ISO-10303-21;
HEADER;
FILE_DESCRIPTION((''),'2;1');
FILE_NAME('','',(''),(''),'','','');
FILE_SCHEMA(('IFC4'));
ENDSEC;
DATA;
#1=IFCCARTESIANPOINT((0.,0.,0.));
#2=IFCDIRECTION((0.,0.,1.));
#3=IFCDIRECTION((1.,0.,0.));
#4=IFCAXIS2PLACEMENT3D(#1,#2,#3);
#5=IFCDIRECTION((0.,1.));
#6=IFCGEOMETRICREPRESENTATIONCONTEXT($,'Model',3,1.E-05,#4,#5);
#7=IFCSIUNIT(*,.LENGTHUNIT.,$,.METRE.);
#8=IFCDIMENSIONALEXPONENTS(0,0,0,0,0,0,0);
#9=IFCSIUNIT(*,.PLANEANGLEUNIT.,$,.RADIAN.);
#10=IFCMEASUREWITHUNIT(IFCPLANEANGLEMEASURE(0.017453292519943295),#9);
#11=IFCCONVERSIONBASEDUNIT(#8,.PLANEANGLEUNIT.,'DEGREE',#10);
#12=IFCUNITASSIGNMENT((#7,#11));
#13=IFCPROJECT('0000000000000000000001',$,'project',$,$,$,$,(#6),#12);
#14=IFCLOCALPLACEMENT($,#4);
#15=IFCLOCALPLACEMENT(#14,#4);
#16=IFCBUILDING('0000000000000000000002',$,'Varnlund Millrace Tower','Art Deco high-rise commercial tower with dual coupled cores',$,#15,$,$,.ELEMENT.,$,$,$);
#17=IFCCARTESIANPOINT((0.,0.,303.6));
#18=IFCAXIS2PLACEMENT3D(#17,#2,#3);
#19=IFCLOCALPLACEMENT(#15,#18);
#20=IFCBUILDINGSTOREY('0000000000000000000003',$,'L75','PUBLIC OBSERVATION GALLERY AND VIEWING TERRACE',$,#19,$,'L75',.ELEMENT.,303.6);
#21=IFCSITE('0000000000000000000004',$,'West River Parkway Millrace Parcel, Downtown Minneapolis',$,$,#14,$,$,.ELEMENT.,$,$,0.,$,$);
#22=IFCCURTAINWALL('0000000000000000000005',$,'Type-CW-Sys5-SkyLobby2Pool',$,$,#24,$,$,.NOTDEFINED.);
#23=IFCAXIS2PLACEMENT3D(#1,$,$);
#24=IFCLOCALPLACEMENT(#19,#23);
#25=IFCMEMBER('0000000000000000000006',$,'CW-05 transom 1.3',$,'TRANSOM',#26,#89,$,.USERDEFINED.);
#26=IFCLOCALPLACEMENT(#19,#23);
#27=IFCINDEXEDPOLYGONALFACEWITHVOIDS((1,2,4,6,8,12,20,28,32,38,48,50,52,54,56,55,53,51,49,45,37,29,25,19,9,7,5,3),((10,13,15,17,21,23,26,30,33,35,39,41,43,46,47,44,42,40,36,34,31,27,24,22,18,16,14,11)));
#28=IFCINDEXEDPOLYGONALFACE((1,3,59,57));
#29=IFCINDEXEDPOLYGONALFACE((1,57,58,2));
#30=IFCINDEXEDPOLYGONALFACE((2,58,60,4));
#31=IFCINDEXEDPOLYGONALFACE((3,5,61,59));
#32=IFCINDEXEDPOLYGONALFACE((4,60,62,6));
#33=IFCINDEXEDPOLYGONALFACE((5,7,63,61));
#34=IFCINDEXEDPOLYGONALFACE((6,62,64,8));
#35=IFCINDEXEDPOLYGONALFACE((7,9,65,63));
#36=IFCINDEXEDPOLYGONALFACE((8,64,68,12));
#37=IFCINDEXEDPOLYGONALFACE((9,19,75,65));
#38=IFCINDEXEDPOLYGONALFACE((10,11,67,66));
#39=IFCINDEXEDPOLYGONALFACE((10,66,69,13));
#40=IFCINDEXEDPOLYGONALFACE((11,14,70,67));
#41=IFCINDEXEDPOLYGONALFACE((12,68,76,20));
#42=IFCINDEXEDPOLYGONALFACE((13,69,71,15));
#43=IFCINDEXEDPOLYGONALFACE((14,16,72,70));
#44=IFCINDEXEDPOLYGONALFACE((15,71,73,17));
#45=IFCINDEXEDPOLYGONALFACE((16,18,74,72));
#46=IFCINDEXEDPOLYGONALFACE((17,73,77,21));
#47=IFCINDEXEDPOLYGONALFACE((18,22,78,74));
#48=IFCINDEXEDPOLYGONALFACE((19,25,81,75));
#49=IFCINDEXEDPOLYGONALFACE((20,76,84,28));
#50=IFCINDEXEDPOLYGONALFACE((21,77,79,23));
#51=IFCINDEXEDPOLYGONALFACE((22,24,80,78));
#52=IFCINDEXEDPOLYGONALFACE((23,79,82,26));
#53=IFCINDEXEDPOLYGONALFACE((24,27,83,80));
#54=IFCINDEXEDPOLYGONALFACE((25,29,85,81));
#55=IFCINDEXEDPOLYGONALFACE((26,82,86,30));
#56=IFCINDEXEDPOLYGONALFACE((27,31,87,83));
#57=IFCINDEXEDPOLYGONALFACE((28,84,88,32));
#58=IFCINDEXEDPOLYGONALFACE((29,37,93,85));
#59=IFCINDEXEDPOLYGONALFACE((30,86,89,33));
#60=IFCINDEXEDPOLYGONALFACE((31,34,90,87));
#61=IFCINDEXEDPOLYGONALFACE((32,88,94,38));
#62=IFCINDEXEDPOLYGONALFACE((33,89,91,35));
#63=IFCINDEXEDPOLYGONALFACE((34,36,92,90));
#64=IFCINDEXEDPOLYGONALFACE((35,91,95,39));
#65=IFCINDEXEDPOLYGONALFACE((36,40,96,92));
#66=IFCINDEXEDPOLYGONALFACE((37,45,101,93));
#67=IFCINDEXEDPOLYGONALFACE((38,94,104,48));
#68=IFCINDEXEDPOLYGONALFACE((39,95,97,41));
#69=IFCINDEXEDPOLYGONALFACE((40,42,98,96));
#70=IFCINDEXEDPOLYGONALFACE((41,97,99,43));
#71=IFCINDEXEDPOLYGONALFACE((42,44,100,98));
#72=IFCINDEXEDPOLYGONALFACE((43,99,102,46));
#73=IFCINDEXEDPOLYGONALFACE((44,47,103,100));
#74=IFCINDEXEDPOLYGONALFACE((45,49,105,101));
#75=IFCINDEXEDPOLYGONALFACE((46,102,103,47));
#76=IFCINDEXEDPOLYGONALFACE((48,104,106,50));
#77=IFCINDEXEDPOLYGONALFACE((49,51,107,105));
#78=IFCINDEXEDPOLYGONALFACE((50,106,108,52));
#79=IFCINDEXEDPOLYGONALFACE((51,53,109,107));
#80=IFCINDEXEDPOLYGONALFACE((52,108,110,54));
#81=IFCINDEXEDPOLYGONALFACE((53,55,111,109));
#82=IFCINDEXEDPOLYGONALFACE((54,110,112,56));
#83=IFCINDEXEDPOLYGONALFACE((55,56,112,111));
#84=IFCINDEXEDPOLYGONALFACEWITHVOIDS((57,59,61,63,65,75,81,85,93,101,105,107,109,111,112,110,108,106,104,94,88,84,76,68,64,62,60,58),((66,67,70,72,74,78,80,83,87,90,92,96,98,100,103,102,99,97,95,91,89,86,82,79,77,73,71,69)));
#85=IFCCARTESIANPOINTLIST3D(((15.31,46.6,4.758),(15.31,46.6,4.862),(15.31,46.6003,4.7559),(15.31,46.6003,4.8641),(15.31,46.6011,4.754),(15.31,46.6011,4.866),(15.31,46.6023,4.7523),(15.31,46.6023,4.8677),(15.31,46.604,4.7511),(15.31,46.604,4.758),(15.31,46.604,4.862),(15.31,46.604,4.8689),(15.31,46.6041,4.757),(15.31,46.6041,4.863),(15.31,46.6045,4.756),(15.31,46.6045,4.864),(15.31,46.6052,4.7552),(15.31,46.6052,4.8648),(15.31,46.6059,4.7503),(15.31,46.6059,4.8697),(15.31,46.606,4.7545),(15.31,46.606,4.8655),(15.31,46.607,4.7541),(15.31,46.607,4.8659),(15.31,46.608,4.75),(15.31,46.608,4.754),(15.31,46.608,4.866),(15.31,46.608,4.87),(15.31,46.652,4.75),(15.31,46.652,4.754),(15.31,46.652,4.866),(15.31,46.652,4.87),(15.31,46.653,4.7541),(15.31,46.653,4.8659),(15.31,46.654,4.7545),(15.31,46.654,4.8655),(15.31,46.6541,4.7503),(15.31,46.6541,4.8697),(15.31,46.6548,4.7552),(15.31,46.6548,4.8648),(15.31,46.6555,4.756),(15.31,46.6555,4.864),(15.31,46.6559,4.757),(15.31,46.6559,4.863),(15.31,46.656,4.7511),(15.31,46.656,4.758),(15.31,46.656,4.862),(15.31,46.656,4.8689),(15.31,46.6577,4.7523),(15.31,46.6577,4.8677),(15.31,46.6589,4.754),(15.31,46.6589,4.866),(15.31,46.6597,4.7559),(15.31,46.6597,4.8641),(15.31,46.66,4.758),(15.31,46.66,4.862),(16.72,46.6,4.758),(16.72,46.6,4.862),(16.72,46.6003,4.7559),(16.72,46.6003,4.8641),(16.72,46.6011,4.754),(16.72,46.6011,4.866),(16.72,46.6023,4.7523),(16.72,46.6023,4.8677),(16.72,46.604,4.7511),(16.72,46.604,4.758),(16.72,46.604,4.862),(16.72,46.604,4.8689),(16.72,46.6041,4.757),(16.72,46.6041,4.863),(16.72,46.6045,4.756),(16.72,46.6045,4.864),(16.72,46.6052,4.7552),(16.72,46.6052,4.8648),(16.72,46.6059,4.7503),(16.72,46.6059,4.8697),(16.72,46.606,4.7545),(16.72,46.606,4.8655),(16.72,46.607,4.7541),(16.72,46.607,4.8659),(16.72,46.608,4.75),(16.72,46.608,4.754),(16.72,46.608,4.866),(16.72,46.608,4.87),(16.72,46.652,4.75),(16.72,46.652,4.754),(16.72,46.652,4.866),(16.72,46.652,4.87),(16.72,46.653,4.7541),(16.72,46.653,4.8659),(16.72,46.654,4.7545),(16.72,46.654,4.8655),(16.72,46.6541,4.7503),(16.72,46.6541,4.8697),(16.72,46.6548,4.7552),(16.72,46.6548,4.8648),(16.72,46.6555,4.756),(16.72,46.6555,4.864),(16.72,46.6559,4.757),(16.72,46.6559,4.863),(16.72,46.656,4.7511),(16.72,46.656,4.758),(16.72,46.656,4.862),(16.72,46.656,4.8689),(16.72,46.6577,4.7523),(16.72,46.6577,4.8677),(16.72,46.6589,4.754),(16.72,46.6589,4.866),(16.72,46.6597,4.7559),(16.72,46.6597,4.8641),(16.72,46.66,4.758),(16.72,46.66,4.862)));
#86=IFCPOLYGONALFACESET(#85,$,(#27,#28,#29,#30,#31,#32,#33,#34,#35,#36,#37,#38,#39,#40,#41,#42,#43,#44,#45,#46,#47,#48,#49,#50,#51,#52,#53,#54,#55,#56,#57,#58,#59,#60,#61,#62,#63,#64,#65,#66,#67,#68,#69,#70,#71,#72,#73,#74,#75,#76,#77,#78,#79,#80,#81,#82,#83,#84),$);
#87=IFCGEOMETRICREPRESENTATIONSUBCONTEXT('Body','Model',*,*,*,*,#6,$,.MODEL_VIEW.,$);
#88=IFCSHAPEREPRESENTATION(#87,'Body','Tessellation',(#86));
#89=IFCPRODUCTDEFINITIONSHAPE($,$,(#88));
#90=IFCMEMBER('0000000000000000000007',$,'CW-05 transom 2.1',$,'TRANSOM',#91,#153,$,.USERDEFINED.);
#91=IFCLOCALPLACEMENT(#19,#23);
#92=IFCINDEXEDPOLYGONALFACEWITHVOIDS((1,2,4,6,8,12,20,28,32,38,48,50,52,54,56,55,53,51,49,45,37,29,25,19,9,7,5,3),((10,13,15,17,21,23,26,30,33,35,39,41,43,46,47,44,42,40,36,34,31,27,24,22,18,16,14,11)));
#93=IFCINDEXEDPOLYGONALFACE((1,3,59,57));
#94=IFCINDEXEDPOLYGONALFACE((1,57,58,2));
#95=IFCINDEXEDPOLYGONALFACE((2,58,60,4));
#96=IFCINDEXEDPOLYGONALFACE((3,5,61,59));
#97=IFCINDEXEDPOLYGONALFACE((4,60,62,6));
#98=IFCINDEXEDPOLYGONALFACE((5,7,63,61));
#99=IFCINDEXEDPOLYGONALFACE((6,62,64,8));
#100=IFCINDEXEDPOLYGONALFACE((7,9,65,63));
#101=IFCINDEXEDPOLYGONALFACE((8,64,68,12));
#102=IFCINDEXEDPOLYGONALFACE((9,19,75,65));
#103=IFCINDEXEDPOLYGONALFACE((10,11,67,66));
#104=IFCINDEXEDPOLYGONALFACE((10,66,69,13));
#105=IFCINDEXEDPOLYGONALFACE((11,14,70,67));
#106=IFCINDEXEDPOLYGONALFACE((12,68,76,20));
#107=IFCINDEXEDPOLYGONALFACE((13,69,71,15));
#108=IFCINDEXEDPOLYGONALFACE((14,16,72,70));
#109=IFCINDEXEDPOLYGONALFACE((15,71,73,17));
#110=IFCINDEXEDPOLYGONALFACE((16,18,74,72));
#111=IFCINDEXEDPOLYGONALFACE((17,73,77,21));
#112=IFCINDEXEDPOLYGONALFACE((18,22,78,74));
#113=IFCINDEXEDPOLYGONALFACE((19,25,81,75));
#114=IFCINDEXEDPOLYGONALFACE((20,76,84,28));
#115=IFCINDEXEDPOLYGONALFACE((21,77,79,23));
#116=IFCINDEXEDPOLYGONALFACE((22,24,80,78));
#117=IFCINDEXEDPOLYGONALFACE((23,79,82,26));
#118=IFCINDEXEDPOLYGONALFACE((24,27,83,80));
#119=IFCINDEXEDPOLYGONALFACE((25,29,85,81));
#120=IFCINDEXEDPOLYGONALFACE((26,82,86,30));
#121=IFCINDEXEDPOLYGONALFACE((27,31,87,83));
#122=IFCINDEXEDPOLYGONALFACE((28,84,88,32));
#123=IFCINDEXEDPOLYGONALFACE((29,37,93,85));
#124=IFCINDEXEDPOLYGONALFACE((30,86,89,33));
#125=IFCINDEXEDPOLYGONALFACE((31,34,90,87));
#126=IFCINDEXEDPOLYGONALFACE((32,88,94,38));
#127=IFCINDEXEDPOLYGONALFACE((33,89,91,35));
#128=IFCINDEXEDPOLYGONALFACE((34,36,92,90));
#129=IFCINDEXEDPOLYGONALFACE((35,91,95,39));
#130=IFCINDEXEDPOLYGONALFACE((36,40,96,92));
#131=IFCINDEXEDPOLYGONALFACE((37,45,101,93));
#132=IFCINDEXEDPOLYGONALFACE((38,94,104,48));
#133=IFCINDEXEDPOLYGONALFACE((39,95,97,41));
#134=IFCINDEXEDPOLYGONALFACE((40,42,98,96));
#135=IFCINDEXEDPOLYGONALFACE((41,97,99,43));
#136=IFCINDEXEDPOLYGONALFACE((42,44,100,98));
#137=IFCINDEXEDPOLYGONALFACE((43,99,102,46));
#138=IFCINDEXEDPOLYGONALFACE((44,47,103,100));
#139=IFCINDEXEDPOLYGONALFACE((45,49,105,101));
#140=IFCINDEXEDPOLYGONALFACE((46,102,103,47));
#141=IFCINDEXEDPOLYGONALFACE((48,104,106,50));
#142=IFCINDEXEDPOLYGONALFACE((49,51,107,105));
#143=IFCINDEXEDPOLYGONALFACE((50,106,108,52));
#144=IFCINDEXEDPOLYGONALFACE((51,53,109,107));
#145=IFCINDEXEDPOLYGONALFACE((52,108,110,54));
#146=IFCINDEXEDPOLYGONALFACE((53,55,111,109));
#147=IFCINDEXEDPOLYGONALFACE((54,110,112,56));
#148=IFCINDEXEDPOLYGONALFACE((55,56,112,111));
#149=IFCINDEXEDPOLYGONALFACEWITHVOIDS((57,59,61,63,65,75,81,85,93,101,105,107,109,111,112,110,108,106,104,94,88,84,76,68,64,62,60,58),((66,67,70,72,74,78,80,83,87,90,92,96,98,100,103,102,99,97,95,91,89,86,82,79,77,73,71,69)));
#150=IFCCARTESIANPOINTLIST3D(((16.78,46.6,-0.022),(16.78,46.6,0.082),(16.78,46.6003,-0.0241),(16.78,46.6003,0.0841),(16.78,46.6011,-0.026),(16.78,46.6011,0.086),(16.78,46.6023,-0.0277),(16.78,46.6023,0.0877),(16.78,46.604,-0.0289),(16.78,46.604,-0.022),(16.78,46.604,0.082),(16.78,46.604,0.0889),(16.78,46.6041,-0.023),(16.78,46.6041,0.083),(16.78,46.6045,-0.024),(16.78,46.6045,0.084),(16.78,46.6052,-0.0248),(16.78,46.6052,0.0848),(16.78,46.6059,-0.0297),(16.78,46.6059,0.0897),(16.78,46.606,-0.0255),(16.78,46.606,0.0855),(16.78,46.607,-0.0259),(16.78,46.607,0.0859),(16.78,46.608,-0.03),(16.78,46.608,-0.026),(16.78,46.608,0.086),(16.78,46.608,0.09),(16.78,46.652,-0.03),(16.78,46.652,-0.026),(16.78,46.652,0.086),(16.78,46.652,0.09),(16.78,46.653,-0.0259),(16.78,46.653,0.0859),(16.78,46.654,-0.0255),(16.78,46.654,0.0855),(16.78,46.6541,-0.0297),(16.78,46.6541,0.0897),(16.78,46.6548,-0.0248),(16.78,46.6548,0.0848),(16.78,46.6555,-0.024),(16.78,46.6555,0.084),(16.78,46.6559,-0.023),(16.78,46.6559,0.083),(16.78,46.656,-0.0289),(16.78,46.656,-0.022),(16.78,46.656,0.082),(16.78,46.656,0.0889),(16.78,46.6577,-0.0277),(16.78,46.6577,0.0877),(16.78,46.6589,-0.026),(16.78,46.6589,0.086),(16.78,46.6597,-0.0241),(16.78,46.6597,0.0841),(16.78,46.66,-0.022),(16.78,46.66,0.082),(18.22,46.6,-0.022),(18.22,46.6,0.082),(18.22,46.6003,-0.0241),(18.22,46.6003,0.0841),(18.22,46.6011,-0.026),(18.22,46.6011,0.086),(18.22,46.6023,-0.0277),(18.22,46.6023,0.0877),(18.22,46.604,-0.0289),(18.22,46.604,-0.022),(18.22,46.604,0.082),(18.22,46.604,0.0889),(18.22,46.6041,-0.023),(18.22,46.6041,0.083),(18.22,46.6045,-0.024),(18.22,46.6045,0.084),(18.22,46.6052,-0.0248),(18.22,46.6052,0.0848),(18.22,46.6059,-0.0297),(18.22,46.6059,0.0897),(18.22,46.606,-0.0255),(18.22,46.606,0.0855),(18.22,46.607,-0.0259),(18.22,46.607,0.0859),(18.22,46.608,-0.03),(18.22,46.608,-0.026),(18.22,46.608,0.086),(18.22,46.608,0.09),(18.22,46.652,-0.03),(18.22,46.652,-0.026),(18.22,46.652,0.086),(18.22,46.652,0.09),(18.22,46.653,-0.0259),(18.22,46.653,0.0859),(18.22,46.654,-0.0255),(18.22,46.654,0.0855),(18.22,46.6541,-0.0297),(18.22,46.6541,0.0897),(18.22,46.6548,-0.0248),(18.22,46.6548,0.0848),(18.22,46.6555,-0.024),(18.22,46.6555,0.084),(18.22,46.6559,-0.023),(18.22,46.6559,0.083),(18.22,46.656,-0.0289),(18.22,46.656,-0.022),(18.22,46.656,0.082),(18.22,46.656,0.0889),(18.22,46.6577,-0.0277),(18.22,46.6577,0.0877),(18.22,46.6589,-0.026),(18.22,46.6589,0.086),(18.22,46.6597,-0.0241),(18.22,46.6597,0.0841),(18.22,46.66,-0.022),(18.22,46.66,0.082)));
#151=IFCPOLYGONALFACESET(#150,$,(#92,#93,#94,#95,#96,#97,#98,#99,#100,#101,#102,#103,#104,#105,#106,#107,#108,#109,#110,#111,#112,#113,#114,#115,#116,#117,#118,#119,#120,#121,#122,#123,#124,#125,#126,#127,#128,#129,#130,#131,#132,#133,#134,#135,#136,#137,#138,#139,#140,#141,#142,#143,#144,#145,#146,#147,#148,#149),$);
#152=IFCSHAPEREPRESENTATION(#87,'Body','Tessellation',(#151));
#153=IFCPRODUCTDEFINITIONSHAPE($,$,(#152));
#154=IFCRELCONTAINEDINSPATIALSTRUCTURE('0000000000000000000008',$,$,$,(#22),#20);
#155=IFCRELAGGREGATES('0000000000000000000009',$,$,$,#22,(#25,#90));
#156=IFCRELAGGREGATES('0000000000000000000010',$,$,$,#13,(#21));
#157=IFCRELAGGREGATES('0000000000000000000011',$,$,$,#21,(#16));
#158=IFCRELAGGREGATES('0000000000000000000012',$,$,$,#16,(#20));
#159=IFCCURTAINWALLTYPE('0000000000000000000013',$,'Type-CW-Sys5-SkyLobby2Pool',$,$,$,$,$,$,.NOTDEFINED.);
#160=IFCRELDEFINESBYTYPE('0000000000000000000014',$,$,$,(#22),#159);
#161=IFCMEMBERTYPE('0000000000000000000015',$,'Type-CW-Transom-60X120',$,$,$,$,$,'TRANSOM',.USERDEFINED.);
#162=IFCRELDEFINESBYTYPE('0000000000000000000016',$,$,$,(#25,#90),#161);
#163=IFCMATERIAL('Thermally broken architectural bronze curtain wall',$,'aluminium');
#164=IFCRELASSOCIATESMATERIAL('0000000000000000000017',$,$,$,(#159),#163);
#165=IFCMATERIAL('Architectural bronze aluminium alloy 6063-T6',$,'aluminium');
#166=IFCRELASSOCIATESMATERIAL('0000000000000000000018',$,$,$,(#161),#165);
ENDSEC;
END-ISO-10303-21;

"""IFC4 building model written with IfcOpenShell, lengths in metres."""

from ifc_helpers import new_model, entity, si_unit, converted_unit, direction, frame, origin_with_axes, origin_2d_with_axis, place, context, subcontext, project, spatial, hollow_rectangle, extrude, material, material_profile, profile_set, type_object, element, aggregate, save


model = new_model("IFC4")

# Units and contexts
model_context = context("Model", 3, precision=1e-05, world=origin_with_axes(), true_north=direction((0.0, 1.0)))
body_context = subcontext(model_context, "Body", "Model", "MODEL_VIEW")
ifc_project = project(units=[si_unit("LENGTHUNIT", "METRE"), converted_unit("PLANEANGLEUNIT", "DEGREE", entity("IfcPlaneAngleMeasure", 0.017453292519943295), si_unit("PLANEANGLEUNIT", "RADIAN"), dimensions=[0, 0, 0, 0, 0, 0, 0])], contexts=[model_context])

# Site, building, storey
site_placement = place(None, origin_with_axes())
site = spatial("IfcSite", under=ifc_project, at=site_placement, Name="West River Parkway Millrace Parcel, Downtown Minneapolis", CompositionType="ELEMENT", RefElevation=0.0)
building_placement = place(site_placement, origin_with_axes())
building = spatial("IfcBuilding", under=site, at=building_placement, Name="Varnlund Millrace Tower", Description="Art Deco high-rise commercial tower with dual coupled cores", CompositionType="ELEMENT")
storey_placement = place(building_placement, frame((0.0, 0.0, 303.6), z_axis=(0.0, 0.0, 1.0), x_axis=(1.0, 0.0, 0.0)))
storey = spatial("IfcBuildingStorey", under=building, at=storey_placement, Name="L75", Description="PUBLIC OBSERVATION GALLERY AND VIEWING TERRACE", LongName="L75", CompositionType="ELEMENT", Elevation=303.6)

# Curtain wall, members
ifc_material_1 = material(Name="Thermally broken architectural bronze curtain wall", Category="aluminium")
curtain_wall_type = type_object("IfcCurtainWallType", Name="Type-CW-Sys5-SkyLobby2Pool", PredefinedType="NOTDEFINED", material=ifc_material_1)
curtain_wall_placement = place(storey_placement, frame((15.25, 46.63, 0.0), z_axis=(0.0, 0.0, 1.0), x_axis=(1.0, 0.0, 0.0)))
curtain_wall = element("IfcCurtainWall", 1, at=curtain_wall_placement, inside=storey, type_object=curtain_wall_type, Name="Type-CW-Sys5-SkyLobby2Pool", PredefinedType="NOTDEFINED")
ifc_material_2 = material(Name="Architectural bronze aluminium alloy 6063-T6", Category="aluminium")
ifc_material_profile_1 = material_profile(ifc_material_2, hollow_rectangle(XDim=0.06, YDim=0.12, WallThickness=0.004, InnerFilletRadius=0.004, OuterFilletRadius=0.008, at=origin_2d_with_axis()), Name="Architectural bronze aluminium alloy 6063-T6")
ifc_profile_set_1 = profile_set([ifc_material_profile_1], Name="Architectural bronze aluminium alloy 6063-T6")
member_type = type_object("IfcMemberType", Name="Type-CW-Transom-60X120", ElementType="TRANSOM", PredefinedType="USERDEFINED", material=ifc_profile_set_1)
member_1_placement = place(storey_placement, frame((15.31, 46.63, 4.81), z_axis=(1.0, 0.0, 0.0), x_axis=(0.0, 1.0, 0.0)))
member_1 = element("IfcMember", 2, at=member_1_placement, type_object=member_type, Name="CW-05 transom 1.3", ObjectType="TRANSOM", PredefinedType="USERDEFINED", context=body_context, shape_type="SweptSolid", body=[
    extrude(hollow_rectangle(XDim=0.06, YDim=0.12, WallThickness=0.004, InnerFilletRadius=0.004, OuterFilletRadius=0.008, at=origin_2d_with_axis()), origin_with_axes(), (0.0, 0.0, 1.0), 1.41),
])
member_2_placement = place(storey_placement, frame((16.78, 46.63, 0.03), z_axis=(1.0, 0.0, 0.0), x_axis=(0.0, 1.0, 0.0)))
member_2 = element("IfcMember", 3, at=member_2_placement, type_object=member_type, Name="CW-05 transom 2.1", ObjectType="TRANSOM", PredefinedType="USERDEFINED", context=body_context, shape_type="SweptSolid", body=[
    extrude(hollow_rectangle(XDim=0.06, YDim=0.12, WallThickness=0.004, InnerFilletRadius=0.004, OuterFilletRadius=0.008, at=origin_2d_with_axis()), origin_with_axes(), (0.0, 0.0, 1.0), 1.44),
])

aggregate(curtain_wall, [member_1, member_2])

save(model, "model.ifc")
